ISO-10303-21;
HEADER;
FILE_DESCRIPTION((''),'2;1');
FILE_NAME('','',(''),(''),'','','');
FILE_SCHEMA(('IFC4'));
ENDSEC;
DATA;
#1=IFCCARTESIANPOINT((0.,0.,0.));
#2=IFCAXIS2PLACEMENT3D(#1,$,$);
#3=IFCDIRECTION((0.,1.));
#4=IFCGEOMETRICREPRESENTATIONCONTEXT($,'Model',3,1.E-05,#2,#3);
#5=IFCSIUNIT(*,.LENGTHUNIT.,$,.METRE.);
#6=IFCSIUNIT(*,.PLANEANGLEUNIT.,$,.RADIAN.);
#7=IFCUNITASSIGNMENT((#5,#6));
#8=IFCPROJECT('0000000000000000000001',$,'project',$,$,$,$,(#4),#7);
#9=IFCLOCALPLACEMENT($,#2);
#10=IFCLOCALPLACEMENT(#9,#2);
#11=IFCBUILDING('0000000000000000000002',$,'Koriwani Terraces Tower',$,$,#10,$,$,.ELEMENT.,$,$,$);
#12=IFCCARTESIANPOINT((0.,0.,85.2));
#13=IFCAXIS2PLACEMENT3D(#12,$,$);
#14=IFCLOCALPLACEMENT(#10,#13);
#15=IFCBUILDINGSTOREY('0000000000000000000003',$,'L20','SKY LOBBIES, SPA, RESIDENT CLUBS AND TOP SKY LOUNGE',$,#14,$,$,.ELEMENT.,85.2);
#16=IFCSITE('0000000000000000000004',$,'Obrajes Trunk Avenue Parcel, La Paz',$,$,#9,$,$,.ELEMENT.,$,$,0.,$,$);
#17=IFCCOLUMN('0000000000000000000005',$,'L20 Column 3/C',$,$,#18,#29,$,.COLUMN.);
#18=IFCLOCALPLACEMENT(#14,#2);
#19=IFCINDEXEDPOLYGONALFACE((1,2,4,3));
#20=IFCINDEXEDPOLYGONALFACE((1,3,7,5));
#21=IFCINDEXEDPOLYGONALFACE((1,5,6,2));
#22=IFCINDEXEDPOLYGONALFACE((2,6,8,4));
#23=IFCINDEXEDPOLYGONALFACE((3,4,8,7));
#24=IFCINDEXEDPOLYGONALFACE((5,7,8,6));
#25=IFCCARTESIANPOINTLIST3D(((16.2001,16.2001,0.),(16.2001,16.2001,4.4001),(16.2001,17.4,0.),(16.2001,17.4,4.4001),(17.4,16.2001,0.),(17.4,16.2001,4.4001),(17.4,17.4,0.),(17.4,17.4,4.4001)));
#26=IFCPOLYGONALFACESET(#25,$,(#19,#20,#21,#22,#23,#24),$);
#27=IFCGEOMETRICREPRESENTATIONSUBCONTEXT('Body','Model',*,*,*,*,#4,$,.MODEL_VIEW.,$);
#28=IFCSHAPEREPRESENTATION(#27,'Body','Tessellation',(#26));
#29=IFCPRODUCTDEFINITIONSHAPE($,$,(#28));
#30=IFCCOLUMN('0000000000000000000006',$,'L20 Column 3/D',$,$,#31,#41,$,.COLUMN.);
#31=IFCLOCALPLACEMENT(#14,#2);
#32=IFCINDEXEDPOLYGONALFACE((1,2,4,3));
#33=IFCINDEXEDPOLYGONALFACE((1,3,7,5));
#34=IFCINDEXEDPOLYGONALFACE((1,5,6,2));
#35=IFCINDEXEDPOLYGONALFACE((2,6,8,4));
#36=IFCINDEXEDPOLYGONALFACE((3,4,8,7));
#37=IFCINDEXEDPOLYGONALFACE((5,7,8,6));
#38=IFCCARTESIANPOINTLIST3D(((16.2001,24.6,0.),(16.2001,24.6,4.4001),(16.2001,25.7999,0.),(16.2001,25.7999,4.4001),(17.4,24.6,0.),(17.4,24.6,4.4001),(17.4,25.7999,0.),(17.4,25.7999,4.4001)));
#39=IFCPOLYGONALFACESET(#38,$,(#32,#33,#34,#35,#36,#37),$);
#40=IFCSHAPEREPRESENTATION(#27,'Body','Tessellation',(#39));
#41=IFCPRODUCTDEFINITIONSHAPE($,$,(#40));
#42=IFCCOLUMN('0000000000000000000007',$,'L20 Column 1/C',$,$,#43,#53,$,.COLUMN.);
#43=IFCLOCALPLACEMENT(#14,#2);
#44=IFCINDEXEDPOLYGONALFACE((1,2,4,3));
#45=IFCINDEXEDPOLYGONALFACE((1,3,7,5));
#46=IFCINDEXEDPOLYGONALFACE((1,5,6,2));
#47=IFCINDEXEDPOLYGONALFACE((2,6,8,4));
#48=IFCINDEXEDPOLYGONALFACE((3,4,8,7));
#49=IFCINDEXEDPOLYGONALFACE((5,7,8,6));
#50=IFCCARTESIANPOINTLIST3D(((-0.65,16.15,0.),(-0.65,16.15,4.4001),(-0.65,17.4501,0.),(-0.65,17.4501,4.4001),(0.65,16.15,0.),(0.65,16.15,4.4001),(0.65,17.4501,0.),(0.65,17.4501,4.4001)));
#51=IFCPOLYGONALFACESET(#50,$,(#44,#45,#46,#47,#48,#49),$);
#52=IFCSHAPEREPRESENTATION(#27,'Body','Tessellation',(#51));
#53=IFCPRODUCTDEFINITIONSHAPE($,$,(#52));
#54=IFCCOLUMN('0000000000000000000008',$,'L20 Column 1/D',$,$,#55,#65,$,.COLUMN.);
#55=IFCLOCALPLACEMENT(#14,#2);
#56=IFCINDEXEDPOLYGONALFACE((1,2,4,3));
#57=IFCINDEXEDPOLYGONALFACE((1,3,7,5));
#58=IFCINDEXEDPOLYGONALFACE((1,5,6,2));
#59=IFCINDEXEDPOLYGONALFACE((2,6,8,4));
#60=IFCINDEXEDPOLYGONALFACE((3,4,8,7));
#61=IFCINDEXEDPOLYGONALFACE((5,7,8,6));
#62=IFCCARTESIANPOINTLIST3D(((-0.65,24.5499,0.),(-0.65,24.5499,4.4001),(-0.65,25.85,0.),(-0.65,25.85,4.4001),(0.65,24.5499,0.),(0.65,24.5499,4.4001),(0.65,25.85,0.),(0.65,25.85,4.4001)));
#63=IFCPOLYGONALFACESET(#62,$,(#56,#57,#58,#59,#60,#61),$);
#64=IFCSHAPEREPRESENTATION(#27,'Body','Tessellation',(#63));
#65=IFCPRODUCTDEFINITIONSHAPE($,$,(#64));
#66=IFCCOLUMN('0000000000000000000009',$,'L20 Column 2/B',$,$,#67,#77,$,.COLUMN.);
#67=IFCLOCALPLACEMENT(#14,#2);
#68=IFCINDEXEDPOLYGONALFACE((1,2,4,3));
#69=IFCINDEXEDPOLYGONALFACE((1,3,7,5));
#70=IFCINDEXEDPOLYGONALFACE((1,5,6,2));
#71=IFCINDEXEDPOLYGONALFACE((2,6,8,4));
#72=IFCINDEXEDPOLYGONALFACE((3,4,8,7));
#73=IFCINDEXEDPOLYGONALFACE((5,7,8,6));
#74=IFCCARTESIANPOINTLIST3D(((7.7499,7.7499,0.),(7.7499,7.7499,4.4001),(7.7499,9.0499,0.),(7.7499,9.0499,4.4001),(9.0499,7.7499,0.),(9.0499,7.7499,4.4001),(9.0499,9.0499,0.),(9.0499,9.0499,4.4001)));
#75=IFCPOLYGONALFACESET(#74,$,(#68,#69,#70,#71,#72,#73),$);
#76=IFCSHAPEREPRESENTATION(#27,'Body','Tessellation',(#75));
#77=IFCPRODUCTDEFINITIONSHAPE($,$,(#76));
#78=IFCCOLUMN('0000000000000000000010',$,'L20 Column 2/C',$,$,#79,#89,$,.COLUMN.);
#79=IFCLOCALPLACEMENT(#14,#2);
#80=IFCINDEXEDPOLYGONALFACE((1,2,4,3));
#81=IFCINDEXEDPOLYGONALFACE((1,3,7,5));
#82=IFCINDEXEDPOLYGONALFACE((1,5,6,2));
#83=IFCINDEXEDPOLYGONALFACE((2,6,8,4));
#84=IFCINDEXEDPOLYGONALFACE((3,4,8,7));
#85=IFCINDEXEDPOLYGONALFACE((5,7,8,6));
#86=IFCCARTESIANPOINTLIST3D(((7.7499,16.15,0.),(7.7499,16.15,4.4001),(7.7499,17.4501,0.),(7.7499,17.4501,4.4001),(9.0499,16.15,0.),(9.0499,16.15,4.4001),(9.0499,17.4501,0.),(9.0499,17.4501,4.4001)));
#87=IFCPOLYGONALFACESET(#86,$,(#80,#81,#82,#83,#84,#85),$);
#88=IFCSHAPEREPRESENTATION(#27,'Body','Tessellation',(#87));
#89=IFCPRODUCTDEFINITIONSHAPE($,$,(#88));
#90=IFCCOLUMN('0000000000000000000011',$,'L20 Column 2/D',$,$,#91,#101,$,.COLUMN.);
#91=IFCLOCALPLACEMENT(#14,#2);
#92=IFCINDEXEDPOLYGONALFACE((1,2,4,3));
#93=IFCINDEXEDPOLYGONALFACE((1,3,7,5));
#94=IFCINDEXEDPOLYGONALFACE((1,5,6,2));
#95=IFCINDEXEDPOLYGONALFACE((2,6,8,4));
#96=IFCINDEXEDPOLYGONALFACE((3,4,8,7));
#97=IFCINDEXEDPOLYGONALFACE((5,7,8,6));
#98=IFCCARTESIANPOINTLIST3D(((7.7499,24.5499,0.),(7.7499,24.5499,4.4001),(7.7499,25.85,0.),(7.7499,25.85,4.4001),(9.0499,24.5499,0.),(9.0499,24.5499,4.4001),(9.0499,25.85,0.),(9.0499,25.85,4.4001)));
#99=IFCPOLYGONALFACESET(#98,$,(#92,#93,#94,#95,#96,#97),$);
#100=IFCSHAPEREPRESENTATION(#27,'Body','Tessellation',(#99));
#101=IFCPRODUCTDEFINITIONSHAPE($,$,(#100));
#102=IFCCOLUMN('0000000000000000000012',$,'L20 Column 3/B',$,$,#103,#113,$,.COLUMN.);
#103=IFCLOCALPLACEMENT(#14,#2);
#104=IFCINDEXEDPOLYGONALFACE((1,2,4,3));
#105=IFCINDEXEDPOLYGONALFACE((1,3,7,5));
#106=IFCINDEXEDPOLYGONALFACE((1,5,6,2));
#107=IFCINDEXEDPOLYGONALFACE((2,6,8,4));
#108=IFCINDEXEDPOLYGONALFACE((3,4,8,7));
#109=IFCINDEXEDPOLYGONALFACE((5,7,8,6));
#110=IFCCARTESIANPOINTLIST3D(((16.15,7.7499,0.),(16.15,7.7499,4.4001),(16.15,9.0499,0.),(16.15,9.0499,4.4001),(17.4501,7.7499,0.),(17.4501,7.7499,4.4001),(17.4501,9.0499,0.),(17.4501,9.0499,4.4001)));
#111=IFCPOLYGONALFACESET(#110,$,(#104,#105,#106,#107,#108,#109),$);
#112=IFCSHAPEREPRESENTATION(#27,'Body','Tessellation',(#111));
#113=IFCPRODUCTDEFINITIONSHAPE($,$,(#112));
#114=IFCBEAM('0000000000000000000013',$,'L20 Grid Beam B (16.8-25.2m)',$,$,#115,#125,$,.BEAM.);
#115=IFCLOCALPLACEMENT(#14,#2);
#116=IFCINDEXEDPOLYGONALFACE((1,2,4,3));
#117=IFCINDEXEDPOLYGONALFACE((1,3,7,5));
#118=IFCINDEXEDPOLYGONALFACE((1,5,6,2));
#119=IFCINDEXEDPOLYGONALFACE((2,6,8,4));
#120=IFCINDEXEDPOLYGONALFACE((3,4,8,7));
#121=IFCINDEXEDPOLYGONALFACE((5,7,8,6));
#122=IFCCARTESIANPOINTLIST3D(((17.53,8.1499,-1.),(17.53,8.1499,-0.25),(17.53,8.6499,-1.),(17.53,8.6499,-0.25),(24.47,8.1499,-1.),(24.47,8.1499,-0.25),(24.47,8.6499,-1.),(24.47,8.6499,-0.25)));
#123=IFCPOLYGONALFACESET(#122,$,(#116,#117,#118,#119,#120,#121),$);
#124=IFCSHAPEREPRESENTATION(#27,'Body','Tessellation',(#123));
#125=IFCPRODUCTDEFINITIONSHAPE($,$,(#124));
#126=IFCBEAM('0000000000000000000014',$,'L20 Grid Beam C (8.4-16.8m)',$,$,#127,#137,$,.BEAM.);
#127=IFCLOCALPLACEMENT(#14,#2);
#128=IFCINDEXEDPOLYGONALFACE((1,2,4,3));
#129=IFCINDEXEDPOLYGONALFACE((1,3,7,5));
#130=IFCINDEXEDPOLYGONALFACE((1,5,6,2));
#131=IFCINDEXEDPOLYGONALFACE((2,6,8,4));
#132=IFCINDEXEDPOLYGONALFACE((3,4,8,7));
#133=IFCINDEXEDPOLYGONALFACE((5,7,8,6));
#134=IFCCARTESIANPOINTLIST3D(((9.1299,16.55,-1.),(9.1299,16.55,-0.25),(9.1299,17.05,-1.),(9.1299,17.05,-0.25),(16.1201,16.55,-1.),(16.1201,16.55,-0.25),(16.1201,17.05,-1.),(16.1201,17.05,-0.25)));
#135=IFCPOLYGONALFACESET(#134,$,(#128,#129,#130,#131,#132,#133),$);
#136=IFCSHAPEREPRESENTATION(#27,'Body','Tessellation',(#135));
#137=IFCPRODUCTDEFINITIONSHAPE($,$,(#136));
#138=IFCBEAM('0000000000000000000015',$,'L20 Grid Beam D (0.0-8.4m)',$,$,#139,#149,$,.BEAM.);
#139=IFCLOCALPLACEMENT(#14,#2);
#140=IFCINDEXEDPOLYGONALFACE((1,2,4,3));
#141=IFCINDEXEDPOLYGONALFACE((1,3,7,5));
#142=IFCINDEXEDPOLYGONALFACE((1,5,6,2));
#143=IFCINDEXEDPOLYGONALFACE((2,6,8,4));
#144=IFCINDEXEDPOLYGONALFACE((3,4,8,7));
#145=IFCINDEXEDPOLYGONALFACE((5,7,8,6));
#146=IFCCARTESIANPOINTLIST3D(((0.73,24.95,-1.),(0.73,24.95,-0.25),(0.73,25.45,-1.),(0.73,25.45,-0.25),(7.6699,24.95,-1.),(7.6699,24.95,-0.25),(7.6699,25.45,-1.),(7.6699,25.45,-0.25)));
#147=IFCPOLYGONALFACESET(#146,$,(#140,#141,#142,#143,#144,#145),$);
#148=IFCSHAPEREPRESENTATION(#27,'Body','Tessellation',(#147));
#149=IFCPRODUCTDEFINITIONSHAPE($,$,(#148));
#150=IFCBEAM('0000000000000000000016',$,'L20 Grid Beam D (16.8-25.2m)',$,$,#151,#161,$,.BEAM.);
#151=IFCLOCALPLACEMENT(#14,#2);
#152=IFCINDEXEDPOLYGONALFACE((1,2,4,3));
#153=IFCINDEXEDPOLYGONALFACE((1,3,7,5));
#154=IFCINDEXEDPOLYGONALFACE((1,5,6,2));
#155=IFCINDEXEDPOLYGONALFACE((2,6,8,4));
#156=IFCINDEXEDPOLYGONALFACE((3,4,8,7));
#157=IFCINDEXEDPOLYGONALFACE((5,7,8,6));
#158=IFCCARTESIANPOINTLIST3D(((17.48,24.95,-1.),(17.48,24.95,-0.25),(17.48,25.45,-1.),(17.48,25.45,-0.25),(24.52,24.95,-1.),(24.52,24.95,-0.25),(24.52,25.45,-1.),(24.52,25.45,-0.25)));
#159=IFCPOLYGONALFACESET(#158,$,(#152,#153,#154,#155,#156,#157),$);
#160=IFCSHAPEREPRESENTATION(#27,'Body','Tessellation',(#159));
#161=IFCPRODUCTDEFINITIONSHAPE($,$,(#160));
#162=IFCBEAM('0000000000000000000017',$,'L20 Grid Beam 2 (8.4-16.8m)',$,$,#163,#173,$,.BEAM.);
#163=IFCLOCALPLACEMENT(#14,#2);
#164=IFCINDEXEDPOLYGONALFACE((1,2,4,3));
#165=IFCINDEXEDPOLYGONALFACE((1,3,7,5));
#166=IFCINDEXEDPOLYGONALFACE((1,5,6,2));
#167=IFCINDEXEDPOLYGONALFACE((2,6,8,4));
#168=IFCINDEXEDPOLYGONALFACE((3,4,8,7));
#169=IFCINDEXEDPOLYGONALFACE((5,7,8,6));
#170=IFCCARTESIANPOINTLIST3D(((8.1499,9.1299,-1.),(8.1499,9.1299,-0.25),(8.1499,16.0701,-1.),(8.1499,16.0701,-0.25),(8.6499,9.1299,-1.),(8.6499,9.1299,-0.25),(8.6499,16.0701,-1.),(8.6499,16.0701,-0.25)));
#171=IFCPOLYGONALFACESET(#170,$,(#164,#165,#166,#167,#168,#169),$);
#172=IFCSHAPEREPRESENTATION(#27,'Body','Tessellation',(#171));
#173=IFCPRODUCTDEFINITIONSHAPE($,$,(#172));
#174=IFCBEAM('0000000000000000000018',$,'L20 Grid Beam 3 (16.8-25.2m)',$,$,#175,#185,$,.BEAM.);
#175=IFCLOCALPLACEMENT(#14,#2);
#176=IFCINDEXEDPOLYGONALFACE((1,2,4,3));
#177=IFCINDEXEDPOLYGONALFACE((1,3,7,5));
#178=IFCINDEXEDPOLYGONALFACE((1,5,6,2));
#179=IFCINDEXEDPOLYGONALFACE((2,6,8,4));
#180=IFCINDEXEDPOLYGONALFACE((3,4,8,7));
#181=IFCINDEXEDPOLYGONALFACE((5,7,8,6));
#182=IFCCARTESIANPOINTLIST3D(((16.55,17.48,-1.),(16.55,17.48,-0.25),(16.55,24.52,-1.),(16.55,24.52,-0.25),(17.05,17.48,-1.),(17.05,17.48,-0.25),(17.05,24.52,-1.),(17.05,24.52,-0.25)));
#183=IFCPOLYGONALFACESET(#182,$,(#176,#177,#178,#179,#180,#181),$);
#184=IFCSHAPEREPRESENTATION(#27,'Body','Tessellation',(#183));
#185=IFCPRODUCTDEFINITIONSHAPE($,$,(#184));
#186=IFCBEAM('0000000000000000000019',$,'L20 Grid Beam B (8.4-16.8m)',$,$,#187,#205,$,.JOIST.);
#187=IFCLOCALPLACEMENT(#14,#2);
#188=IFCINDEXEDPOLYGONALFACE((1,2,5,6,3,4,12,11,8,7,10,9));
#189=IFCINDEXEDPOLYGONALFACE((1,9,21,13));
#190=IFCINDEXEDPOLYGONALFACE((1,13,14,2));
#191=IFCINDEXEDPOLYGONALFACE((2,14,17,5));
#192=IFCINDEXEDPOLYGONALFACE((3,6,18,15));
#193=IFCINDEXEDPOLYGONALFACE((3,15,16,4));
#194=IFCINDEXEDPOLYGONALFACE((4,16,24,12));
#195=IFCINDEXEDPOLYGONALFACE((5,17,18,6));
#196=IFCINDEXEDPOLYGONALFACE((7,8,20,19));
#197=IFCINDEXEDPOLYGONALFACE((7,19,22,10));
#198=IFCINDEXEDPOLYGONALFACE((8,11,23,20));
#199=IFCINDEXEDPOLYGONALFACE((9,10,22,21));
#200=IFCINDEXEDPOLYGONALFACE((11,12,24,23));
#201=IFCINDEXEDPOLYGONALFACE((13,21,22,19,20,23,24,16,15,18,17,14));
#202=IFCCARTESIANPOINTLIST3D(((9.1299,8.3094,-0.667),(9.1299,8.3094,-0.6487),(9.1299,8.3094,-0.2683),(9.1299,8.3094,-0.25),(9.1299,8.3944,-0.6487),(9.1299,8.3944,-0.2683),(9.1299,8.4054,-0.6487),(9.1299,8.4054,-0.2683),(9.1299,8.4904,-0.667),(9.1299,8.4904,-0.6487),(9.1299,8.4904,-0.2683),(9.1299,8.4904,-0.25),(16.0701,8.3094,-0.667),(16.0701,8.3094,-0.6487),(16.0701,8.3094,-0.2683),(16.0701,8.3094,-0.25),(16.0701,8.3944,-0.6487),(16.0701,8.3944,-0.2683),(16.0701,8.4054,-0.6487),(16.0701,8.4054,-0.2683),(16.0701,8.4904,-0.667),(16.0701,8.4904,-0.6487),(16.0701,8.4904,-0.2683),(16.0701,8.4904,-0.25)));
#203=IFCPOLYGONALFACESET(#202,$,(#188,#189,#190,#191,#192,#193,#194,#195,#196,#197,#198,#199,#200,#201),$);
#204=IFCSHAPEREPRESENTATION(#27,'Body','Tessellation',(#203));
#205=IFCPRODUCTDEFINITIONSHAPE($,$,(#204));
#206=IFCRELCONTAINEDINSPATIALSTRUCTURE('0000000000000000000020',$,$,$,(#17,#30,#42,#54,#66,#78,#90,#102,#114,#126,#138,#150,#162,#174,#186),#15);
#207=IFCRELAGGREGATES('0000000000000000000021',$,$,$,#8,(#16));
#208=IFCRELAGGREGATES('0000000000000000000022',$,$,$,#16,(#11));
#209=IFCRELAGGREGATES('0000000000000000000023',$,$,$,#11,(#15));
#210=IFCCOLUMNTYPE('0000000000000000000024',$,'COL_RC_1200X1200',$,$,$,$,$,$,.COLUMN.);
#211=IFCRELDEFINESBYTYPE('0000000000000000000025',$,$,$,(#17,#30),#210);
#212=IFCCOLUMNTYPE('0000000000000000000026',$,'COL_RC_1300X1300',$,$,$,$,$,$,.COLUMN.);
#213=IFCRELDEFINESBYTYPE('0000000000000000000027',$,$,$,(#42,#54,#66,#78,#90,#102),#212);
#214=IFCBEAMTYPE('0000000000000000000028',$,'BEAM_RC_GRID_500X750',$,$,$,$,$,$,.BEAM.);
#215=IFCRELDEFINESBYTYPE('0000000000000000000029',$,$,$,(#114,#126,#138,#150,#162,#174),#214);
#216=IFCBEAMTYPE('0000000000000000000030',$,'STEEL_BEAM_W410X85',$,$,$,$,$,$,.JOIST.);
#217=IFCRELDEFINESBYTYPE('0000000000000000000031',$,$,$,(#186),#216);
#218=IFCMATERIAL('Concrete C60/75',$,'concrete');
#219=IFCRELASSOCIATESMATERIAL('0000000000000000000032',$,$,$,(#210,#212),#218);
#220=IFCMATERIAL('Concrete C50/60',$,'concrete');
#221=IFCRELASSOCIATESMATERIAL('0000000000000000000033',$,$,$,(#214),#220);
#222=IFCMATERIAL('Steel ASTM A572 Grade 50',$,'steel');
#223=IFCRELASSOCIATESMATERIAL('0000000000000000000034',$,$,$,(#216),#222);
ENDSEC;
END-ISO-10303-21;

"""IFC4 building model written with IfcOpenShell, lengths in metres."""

from ifc_helpers import new_model, si_unit, direction, frame, origin, origin_2d, place, context, subcontext, project, spatial, rectangle, i_section, extrude, material, material_profile, profile_set, type_object, element, save


model = new_model("IFC4")

# Units and contexts
model_context = context("Model", 3, precision=1e-05, world=origin(), true_north=direction((0.0, 1.0)))
body_context = subcontext(model_context, "Body", "Model", "MODEL_VIEW")
ifc_project = project(units=[si_unit("LENGTHUNIT", "METRE"), si_unit("PLANEANGLEUNIT", "RADIAN")], contexts=[model_context])

# Site, building, storey
site_placement = place(None, origin())
site = spatial("IfcSite", under=ifc_project, at=site_placement, Name="Obrajes Trunk Avenue Parcel, La Paz", CompositionType="ELEMENT", RefElevation=0.0)
building_placement = place(site_placement, origin())
building = spatial("IfcBuilding", under=site, at=building_placement, Name="Koriwani Terraces Tower", CompositionType="ELEMENT")
storey_placement = place(building_placement, frame((0.0, 0.0, 85.2)))
storey = spatial("IfcBuildingStorey", under=building, at=storey_placement, Name="L20", Description="SKY LOBBIES, SPA, RESIDENT CLUBS AND TOP SKY LOUNGE", CompositionType="ELEMENT", Elevation=85.2)

# Columns
ifc_material_1 = material(Name="Concrete C60/75", Category="concrete")
ifc_material_profile_1 = material_profile(ifc_material_1, rectangle(XDim=1.2, YDim=1.2, at=origin_2d()), Name="Concrete C60/75", Category="LoadBearing")
ifc_profile_set_1 = profile_set([ifc_material_profile_1], Name="Concrete C60/75")
column_type_1 = type_object("IfcColumnType", Name="COL_RC_1200X1200", PredefinedType="COLUMN", material=ifc_profile_set_1)
for number, where, z_axis, x_axis, name in (
    (1, (16.8, 16.8, 0.0), (0.0, 0.0, 1.0), (1.0, 0.0, 0.0), "L20 Column 3/C"),
    (2, (16.8, 25.2, 0.0), (0.0, 0.0, 1.0), (1.0, 0.0, 0.0), "L20 Column 3/D"),
):
    element("IfcColumn", number, at=place(storey_placement, frame(where, z_axis=z_axis, x_axis=x_axis)), inside=storey, type_object=column_type_1, Name=name, PredefinedType="COLUMN", context=body_context, shape_type="SweptSolid", body=[
        extrude(rectangle(XDim=1.2, YDim=1.2, at=origin_2d()), origin(), (0.0, 0.0, 1.0), 4.4001),
    ])
ifc_material_profile_2 = material_profile(ifc_material_1, rectangle(XDim=1.3, YDim=1.3, at=origin_2d()), Name="Concrete C60/75", Category="LoadBearing")
ifc_profile_set_2 = profile_set([ifc_material_profile_2], Name="Concrete C60/75")
column_type_2 = type_object("IfcColumnType", Name="COL_RC_1300X1300", PredefinedType="COLUMN", material=ifc_profile_set_2)
for number, where, z_axis, x_axis, name in (
    (3, (0.0, 16.8, 0.0), (0.0, 0.0, 1.0), (1.0, 0.0, 0.0), "L20 Column 1/C"),
    (4, (0.0, 25.2, 0.0), (0.0, 0.0, 1.0), (1.0, 0.0, 0.0), "L20 Column 1/D"),
    (5, (8.3999, 8.3999, 0.0), (0.0, 0.0, 1.0), (1.0, 0.0, 0.0), "L20 Column 2/B"),
    (6, (8.3999, 16.8, 0.0), (0.0, 0.0, 1.0), (1.0, 0.0, 0.0), "L20 Column 2/C"),
    (7, (8.3999, 25.2, 0.0), (0.0, 0.0, 1.0), (1.0, 0.0, 0.0), "L20 Column 2/D"),
    (8, (16.8, 8.3999, 0.0), (0.0, 0.0, 1.0), (1.0, 0.0, 0.0), "L20 Column 3/B"),
):
    element("IfcColumn", number, at=place(storey_placement, frame(where, z_axis=z_axis, x_axis=x_axis)), inside=storey, type_object=column_type_2, Name=name, PredefinedType="COLUMN", context=body_context, shape_type="SweptSolid", body=[
        extrude(rectangle(XDim=1.3, YDim=1.3, at=origin_2d()), origin(), (0.0, 0.0, 1.0), 4.4001),
    ])

# Beams
ifc_material_2 = material(Name="Concrete C50/60", Category="concrete")
ifc_material_profile_3 = material_profile(ifc_material_2, rectangle(XDim=0.5, YDim=0.75, at=origin_2d()), Name="Concrete C50/60", Category="LoadBearing")
ifc_profile_set_3 = profile_set([ifc_material_profile_3], Name="Concrete C50/60")
beam_type_1 = type_object("IfcBeamType", Name="BEAM_RC_GRID_500X750", PredefinedType="BEAM", material=ifc_profile_set_3)
beam_1_placement = place(storey_placement, frame((17.53, 8.3999, -0.625), z_axis=(1.0, 0.0, 0.0), x_axis=(0.0, 1.0, 0.0)))
element("IfcBeam", 9, at=beam_1_placement, inside=storey, type_object=beam_type_1, Name="L20 Grid Beam B (16.8-25.2m)", PredefinedType="BEAM", context=body_context, shape_type="SweptSolid", body=[
    extrude(rectangle(XDim=0.5, YDim=0.75, at=origin_2d()), origin(), (0.0, 0.0, 1.0), 6.9399),
])
beam_2_placement = place(storey_placement, frame((9.1299, 16.8, -0.625), z_axis=(1.0, 0.0, 0.0), x_axis=(0.0, 1.0, 0.0)))
element("IfcBeam", 10, at=beam_2_placement, inside=storey, type_object=beam_type_1, Name="L20 Grid Beam C (8.4-16.8m)", PredefinedType="BEAM", context=body_context, shape_type="SweptSolid", body=[
    extrude(rectangle(XDim=0.5, YDim=0.75, at=origin_2d()), origin(), (0.0, 0.0, 1.0), 6.9902),
])
beam_3_placement = place(storey_placement, frame((0.73, 25.2, -0.625), z_axis=(1.0, 0.0, 0.0), x_axis=(0.0, 1.0, 0.0)))
element("IfcBeam", 11, at=beam_3_placement, inside=storey, type_object=beam_type_1, Name="L20 Grid Beam D (0.0-8.4m)", PredefinedType="BEAM", context=body_context, shape_type="SweptSolid", body=[
    extrude(rectangle(XDim=0.5, YDim=0.75, at=origin_2d()), origin(), (0.0, 0.0, 1.0), 6.9399),
])
beam_4_placement = place(storey_placement, frame((17.48, 25.2, -0.625), z_axis=(1.0, 0.0, 0.0), x_axis=(0.0, 1.0, 0.0)))
element("IfcBeam", 12, at=beam_4_placement, inside=storey, type_object=beam_type_1, Name="L20 Grid Beam D (16.8-25.2m)", PredefinedType="BEAM", context=body_context, shape_type="SweptSolid", body=[
    extrude(rectangle(XDim=0.5, YDim=0.75, at=origin_2d()), origin(), (0.0, 0.0, 1.0), 7.04),
])
beam_5_placement = place(storey_placement, frame((8.3999, 9.1299, -0.625), z_axis=(0.0, 1.0, 0.0), x_axis=(-1.0, 0.0, 0.0)))
element("IfcBeam", 13, at=beam_5_placement, inside=storey, type_object=beam_type_1, Name="L20 Grid Beam 2 (8.4-16.8m)", PredefinedType="BEAM", context=body_context, shape_type="SweptSolid", body=[
    extrude(rectangle(XDim=0.5, YDim=0.75, at=origin_2d()), origin(), (0.0, 0.0, 1.0), 6.9402),
])
beam_6_placement = place(storey_placement, frame((16.8, 17.48, -0.625), z_axis=(0.0, 1.0, 0.0), x_axis=(-1.0, 0.0, 0.0)))
element("IfcBeam", 14, at=beam_6_placement, inside=storey, type_object=beam_type_1, Name="L20 Grid Beam 3 (16.8-25.2m)", PredefinedType="BEAM", context=body_context, shape_type="SweptSolid", body=[
    extrude(rectangle(XDim=0.5, YDim=0.75, at=origin_2d()), origin(), (0.0, 0.0, 1.0), 7.04),
])
ifc_material_3 = material(Name="Steel ASTM A572 Grade 50", Category="steel")
ifc_material_profile_4 = material_profile(ifc_material_3, i_section(OverallWidth=0.1809, OverallDepth=0.417, WebThickness=0.011, FlangeThickness=0.0183, at=origin_2d()), Name="Steel ASTM A572 Grade 50", Category="LoadBearing")
ifc_profile_set_4 = profile_set([ifc_material_profile_4], Name="Steel ASTM A572 Grade 50")
beam_type_2 = type_object("IfcBeamType", Name="STEEL_BEAM_W410X85", PredefinedType="JOIST", material=ifc_profile_set_4)
beam_7_placement = place(storey_placement, frame((9.1299, 8.3999, -0.4585), z_axis=(1.0, 0.0, 0.0), x_axis=(0.0, 1.0, 0.0)))
element("IfcBeam", 15, at=beam_7_placement, inside=storey, type_object=beam_type_2, Name="L20 Grid Beam B (8.4-16.8m)", PredefinedType="JOIST", context=body_context, shape_type="SweptSolid", body=[
    extrude(i_section(OverallWidth=0.1809, OverallDepth=0.417, WebThickness=0.011, FlangeThickness=0.0183, at=origin_2d()), origin(), (0.0, 0.0, 1.0), 6.9402),
])

save(model, "model.ifc")
